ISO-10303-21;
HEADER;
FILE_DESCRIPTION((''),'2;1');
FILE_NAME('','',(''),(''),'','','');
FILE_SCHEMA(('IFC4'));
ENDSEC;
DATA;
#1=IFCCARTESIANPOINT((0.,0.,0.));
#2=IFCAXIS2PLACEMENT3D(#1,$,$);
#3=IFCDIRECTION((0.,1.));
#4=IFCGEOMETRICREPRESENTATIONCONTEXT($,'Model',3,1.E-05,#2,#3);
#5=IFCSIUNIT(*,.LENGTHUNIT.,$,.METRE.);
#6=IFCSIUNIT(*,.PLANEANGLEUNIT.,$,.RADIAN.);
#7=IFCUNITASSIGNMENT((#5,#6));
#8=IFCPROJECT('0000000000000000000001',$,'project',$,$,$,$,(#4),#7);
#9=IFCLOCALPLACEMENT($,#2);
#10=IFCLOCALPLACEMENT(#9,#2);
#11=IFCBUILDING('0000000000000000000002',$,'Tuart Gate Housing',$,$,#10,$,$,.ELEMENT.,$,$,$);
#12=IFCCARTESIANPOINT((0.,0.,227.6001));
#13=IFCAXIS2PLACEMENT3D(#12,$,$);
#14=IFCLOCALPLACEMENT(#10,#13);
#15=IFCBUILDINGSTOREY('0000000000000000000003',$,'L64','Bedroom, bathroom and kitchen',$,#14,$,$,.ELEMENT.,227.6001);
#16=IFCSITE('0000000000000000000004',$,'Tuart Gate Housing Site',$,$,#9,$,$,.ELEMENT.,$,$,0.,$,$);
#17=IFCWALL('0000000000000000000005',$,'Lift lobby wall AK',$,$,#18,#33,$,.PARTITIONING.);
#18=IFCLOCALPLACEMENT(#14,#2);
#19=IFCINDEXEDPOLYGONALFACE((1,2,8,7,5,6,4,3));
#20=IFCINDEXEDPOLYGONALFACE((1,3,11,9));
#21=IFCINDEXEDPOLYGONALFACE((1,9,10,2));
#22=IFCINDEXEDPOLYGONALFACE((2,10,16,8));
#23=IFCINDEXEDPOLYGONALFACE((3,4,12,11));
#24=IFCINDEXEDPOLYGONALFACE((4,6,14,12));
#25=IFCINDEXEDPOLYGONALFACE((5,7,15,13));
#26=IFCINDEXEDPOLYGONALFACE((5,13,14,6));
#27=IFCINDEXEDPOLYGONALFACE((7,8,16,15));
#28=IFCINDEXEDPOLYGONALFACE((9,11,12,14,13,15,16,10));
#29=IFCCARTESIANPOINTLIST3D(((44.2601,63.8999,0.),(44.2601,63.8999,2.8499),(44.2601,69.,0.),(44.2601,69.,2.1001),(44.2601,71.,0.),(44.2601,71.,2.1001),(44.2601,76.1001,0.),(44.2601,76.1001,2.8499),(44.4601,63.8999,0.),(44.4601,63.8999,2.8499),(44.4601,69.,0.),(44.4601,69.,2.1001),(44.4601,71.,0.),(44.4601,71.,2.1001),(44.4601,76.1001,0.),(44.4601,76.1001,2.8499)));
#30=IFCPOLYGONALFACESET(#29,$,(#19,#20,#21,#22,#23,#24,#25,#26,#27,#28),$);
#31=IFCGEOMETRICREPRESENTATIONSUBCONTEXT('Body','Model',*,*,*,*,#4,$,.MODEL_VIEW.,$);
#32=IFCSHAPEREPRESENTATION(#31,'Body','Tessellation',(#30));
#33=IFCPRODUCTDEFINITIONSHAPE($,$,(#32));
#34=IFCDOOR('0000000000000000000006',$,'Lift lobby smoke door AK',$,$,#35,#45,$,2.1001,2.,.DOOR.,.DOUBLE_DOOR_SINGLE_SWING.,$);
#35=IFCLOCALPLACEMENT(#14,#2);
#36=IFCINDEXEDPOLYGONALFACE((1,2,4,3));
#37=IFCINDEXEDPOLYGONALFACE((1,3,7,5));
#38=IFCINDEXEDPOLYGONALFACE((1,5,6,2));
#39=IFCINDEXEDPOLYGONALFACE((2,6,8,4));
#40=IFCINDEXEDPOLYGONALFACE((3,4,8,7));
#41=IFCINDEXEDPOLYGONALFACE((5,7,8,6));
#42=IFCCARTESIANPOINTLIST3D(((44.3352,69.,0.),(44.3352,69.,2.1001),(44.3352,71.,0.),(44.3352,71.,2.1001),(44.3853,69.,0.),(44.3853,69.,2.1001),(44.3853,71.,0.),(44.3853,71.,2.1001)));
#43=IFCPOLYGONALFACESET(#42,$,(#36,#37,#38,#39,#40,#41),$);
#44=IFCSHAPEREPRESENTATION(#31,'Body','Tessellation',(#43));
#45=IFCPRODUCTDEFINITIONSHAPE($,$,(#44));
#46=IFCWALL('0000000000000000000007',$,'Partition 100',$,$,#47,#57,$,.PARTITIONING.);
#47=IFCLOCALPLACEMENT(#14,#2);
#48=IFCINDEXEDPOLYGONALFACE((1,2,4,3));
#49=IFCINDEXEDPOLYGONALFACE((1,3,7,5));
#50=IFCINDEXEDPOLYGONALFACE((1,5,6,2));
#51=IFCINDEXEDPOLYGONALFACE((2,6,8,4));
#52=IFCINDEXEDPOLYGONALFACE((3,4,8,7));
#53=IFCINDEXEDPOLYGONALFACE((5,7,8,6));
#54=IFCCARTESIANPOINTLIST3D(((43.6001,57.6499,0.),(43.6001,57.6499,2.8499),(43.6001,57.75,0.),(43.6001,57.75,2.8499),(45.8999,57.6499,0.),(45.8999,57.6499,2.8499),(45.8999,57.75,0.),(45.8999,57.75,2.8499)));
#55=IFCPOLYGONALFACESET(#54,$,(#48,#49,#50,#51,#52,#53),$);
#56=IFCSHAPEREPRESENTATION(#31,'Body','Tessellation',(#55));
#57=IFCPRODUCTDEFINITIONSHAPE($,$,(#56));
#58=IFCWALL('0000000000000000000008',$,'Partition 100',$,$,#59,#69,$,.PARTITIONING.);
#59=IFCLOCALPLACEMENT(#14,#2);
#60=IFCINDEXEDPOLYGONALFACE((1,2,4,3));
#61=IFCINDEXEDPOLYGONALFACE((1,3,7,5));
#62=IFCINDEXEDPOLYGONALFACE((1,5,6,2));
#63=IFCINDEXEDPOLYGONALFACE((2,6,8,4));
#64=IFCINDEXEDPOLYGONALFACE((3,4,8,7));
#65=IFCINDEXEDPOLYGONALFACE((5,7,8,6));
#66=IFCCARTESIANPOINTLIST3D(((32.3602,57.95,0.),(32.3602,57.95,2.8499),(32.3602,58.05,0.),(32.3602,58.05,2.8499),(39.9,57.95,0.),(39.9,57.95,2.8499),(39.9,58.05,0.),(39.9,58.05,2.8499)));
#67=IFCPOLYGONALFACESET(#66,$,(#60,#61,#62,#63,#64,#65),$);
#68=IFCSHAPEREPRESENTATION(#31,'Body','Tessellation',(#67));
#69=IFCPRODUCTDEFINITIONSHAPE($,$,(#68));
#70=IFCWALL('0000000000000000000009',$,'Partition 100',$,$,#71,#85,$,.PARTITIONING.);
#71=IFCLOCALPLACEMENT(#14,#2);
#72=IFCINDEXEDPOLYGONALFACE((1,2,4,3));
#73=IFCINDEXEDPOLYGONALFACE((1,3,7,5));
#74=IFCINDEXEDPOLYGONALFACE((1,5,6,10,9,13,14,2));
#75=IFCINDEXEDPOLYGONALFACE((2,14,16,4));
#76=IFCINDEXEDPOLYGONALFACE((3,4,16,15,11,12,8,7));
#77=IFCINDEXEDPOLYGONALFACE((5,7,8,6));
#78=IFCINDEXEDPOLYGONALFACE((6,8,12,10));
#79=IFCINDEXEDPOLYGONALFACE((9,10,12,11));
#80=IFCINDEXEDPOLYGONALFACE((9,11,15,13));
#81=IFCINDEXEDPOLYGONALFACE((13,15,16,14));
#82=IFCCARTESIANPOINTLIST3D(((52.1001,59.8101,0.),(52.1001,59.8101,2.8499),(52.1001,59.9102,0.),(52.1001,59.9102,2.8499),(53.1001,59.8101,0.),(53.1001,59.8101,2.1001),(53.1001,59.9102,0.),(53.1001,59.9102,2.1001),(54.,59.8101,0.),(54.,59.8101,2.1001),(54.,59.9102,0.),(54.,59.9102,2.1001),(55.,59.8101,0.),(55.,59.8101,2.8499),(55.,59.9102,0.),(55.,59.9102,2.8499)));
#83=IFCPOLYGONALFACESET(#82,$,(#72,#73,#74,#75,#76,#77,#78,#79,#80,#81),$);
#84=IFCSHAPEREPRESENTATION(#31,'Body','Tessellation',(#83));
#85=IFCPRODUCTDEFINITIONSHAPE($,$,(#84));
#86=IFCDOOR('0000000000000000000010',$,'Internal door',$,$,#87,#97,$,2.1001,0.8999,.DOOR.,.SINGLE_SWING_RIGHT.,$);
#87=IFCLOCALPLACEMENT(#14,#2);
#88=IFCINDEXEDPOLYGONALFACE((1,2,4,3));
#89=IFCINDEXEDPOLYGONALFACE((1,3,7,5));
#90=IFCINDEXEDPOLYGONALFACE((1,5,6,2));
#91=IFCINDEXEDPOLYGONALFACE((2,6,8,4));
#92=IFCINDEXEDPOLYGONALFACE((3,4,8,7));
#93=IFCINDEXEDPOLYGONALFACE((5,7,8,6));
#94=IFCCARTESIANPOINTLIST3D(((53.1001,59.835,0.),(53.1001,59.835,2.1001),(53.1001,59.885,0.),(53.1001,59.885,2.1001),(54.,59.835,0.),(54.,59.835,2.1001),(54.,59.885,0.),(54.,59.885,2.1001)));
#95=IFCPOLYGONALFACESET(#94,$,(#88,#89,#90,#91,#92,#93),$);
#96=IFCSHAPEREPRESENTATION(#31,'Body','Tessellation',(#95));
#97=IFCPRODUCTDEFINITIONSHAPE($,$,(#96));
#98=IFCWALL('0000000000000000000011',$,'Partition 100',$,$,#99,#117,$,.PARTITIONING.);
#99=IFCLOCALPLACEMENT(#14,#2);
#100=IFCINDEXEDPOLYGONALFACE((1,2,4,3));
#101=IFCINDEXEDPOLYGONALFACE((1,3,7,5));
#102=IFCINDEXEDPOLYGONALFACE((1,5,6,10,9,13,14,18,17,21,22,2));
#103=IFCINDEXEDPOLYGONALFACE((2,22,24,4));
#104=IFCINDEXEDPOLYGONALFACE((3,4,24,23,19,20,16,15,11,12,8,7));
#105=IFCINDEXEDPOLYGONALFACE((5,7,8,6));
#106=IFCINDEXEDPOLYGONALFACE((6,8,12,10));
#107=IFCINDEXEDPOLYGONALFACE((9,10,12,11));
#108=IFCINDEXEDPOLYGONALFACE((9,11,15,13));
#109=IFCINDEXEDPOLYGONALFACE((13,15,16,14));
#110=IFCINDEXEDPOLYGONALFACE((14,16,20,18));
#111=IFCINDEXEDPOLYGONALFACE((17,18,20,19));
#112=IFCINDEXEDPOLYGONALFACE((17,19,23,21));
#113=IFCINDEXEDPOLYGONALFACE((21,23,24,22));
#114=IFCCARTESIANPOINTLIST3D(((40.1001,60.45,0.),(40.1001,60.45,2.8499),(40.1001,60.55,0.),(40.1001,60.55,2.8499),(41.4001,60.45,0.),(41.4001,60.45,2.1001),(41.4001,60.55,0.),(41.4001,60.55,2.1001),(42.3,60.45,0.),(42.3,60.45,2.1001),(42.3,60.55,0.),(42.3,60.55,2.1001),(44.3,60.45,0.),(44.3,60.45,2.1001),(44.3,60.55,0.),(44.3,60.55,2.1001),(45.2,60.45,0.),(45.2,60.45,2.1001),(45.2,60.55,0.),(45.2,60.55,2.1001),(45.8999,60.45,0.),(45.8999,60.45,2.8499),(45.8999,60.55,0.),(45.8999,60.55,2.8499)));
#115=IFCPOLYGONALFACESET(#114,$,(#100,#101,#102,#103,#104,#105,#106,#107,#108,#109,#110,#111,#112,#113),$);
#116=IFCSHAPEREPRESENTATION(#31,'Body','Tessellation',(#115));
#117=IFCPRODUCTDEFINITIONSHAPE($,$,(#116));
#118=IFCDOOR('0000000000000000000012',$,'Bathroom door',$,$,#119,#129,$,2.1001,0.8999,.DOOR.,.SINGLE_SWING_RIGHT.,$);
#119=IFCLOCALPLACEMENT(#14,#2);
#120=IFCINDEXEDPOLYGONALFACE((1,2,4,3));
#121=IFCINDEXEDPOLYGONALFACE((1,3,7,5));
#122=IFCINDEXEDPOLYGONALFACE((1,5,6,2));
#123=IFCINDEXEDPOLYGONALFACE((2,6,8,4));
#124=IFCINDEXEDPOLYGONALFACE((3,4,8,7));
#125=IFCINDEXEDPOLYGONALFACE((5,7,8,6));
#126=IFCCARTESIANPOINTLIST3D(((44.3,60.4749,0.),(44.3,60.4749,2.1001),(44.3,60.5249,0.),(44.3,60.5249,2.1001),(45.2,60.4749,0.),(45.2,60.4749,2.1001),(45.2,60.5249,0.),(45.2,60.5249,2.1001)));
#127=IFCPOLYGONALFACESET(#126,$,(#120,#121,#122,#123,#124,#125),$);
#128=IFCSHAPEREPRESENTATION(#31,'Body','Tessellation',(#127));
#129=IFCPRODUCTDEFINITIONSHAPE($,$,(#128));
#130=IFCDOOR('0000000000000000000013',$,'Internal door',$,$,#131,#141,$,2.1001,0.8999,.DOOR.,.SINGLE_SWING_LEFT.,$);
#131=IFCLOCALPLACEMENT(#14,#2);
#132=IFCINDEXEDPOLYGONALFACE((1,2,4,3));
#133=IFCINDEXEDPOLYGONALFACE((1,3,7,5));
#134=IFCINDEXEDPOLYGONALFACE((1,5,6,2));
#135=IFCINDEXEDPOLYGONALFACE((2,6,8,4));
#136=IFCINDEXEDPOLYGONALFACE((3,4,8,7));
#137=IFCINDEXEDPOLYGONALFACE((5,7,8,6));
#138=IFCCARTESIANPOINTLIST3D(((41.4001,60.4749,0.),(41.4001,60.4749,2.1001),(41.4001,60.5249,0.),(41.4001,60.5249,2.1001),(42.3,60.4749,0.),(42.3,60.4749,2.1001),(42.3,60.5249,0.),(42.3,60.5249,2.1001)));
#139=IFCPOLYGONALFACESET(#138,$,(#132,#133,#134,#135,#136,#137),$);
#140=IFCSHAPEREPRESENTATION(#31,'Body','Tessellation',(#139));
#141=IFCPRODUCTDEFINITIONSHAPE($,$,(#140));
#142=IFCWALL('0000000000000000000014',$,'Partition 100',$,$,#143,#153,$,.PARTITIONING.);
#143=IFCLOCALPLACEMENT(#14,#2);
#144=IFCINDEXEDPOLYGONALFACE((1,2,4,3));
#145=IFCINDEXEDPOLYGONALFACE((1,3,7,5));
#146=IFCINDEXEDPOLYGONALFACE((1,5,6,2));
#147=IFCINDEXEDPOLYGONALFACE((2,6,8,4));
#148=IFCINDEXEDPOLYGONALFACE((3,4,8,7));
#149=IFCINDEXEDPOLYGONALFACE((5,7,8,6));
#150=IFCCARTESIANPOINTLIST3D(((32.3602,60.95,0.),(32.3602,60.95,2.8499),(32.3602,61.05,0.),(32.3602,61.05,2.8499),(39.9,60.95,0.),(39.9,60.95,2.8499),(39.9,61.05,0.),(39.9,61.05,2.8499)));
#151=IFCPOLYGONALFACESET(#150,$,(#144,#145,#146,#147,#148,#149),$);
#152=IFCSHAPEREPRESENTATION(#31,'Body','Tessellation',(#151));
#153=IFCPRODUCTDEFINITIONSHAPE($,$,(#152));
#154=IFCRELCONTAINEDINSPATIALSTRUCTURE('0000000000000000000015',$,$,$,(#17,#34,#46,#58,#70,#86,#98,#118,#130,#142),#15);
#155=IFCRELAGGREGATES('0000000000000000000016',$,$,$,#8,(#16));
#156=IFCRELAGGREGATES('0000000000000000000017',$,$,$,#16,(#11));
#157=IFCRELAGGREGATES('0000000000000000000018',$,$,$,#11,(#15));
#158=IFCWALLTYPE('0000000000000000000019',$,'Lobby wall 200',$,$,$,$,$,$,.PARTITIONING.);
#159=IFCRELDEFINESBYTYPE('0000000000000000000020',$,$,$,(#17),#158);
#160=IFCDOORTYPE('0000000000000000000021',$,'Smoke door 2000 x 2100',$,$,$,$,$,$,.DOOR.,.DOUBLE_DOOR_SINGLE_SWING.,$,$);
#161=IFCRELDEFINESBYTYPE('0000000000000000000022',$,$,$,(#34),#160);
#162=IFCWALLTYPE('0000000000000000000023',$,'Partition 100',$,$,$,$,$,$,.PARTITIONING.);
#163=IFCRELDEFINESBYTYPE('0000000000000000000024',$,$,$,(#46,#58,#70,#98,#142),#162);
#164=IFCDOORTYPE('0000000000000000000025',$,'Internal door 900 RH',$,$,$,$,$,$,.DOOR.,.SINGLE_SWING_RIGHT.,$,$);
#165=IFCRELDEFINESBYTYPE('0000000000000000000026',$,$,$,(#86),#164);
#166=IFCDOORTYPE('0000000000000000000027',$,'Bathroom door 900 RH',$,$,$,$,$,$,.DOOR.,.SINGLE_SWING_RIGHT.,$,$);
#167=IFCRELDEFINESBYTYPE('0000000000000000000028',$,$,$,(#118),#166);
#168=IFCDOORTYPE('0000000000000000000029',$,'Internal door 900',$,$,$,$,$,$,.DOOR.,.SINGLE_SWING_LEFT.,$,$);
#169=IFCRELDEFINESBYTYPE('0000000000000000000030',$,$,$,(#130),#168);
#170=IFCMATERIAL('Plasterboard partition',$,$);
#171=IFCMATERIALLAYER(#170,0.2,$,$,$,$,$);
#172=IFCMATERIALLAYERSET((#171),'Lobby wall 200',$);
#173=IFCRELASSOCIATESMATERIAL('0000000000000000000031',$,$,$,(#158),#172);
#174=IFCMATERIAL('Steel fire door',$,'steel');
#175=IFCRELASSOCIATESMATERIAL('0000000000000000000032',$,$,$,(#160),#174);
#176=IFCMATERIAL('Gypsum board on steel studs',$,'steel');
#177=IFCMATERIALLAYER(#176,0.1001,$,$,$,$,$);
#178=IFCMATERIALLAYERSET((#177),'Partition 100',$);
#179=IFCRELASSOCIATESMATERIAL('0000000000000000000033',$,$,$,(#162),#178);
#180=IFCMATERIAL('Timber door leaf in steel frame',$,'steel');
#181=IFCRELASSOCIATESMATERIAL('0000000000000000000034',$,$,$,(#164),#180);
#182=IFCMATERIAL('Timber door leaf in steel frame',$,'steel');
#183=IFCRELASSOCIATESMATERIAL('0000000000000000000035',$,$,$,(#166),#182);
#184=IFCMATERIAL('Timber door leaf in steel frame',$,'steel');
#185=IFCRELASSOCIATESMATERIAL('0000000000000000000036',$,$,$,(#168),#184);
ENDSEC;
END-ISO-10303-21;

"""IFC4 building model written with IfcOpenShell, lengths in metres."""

from ifc_helpers import new_model, si_unit, direction, frame, frame_2d, origin, place, context, subcontext, project, spatial, rectangle, extrude, material, layer, layer_set, type_object, element, fill, save


model = new_model("IFC4")

# Units and contexts
model_context = context("Model", 3, precision=1e-05, world=origin(), true_north=direction((0.0, 1.0)))
body_context = subcontext(model_context, "Body", "Model", "MODEL_VIEW")
ifc_project = project(units=[si_unit("LENGTHUNIT", "METRE"), si_unit("PLANEANGLEUNIT", "RADIAN")], contexts=[model_context])

# Site, building, storey
site_placement = place(None, origin())
site = spatial("IfcSite", under=ifc_project, at=site_placement, Name="Tuart Gate Housing Site", CompositionType="ELEMENT", RefElevation=0.0)
building_placement = place(site_placement, origin())
building = spatial("IfcBuilding", under=site, at=building_placement, Name="Tuart Gate Housing", CompositionType="ELEMENT")
storey_placement = place(building_placement, frame((0.0, 0.0, 227.6001)))
storey = spatial("IfcBuildingStorey", under=building, at=storey_placement, Name="L64", Description="Bedroom, bathroom and kitchen", CompositionType="ELEMENT", Elevation=227.6001)

# Wall, opening, door
ifc_material_1 = material(Name="Plasterboard partition")
ifc_layer_1 = layer(ifc_material_1, 0.2)
ifc_layer_set_1 = layer_set([ifc_layer_1], Name="Lobby wall 200")
wall_type_1 = type_object("IfcWallType", Name="Lobby wall 200", PredefinedType="PARTITIONING", material=ifc_layer_set_1)
ifc_material_2 = material(Name="Steel fire door", Category="steel")
door_type_1 = type_object("IfcDoorType", Name="Smoke door 2000 x 2100", OperationType="DOUBLE_DOOR_SINGLE_SWING", PredefinedType="DOOR", material=ifc_material_2)
wall_1_placement = place(storey_placement, frame((44.3601, 63.8999, 0.0), z_axis=(0.0, 0.0, 1.0), x_axis=(0.0, 1.0, 0.0)))
wall_1 = element("IfcWall", 1, at=wall_1_placement, inside=storey, type_object=wall_type_1, Name="Lift lobby wall AK", PredefinedType="PARTITIONING", context=body_context, shape_type="SweptSolid", body=[
    extrude(rectangle(XDim=12.2002, YDim=0.2, at=frame_2d((6.1001, 0.0))), origin(), (0.0, 0.0, 1.0), 2.8499),
])
opening_1_placement = place(wall_1_placement, frame((5.1001, 0.0, 0.0)))
opening_1 = element("IfcOpeningElement", 2, at=opening_1_placement, cuts=wall_1, PredefinedType="OPENING", context=body_context, shape_type="SweptSolid", body=[
    extrude(rectangle(XDim=2.0, YDim=2.1001, at=frame_2d((1.0, 1.05))), frame((0.0, 0.1099, 0.0), z_axis=(0.0, -1.0, 0.0), x_axis=(1.0, 0.0, 0.0)), (0.0, 0.0, 1.0), 0.22),
])
door_1_placement = place(opening_1_placement, origin())
door_1 = element("IfcDoor", 3, at=door_1_placement, inside=storey, type_object=door_type_1, Name="Lift lobby smoke door AK", OperationType="DOUBLE_DOOR_SINGLE_SWING", OverallHeight=2.1001, OverallWidth=2.0, PredefinedType="DOOR", context=body_context, shape_type="SweptSolid", body=[
    extrude(rectangle(XDim=2.0, YDim=2.1001, at=frame_2d((1.0, 1.05))), frame((0.0, 0.0249, 0.0), z_axis=(0.0, -1.0, 0.0), x_axis=(1.0, 0.0, 0.0)), (0.0, 0.0, 1.0), 0.05),
])
fill(opening_1, door_1)

# Walls
ifc_material_3 = material(Name="Gypsum board on steel studs", Category="steel")
ifc_layer_2 = layer(ifc_material_3, 0.1001)
ifc_layer_set_2 = layer_set([ifc_layer_2], Name="Partition 100")
wall_type_2 = type_object("IfcWallType", Name="Partition 100", PredefinedType="PARTITIONING", material=ifc_layer_set_2)
wall_2_placement = place(storey_placement, frame((43.6001, 57.7, 0.0), z_axis=(0.0, 0.0, 1.0), x_axis=(1.0, 0.0, 0.0)))
element("IfcWall", 4, at=wall_2_placement, inside=storey, type_object=wall_type_2, Name="Partition 100", PredefinedType="PARTITIONING", context=body_context, shape_type="SweptSolid", body=[
    extrude(rectangle(XDim=2.2998, YDim=0.1001, at=frame_2d((1.1499, 0.0))), origin(), (0.0, 0.0, 1.0), 2.8499),
])
wall_3_placement = place(storey_placement, frame((32.3601, 58.0, 0.0), z_axis=(0.0, 0.0, 1.0), x_axis=(1.0, 0.0, 0.0)))
element("IfcWall", 5, at=wall_3_placement, inside=storey, type_object=wall_type_2, Name="Partition 100", PredefinedType="PARTITIONING", context=body_context, shape_type="SweptSolid", body=[
    extrude(rectangle(XDim=7.5398, YDim=0.1001, at=frame_2d((3.77, 0.0))), origin(), (0.0, 0.0, 1.0), 2.8499),
])

# Wall, opening, door
wall_4_placement = place(storey_placement, frame((52.1001, 59.8601, 0.0), z_axis=(0.0, 0.0, 1.0), x_axis=(1.0, 0.0, 0.0)))
wall_4 = element("IfcWall", 6, at=wall_4_placement, inside=storey, type_object=wall_type_2, Name="Partition 100", PredefinedType="PARTITIONING", context=body_context, shape_type="SweptSolid", body=[
    extrude(rectangle(XDim=2.8999, YDim=0.1001, at=frame_2d((1.45, 0.0))), origin(), (0.0, 0.0, 1.0), 2.8499),
])
opening_2_placement = place(wall_4_placement, frame((1.0, 0.0, 0.0)))
opening_2 = element("IfcOpeningElement", 7, at=opening_2_placement, cuts=wall_4, PredefinedType="OPENING", context=body_context, shape_type="SweptSolid", body=[
    extrude(rectangle(XDim=0.8999, YDim=2.1001, at=frame_2d((0.45, 1.05))), frame((0.0, 0.0601, 0.0), z_axis=(0.0, -1.0, 0.0), x_axis=(1.0, 0.0, 0.0)), (0.0, 0.0, 1.0), 0.1201),
])
ifc_material_4 = material(Name="Timber door leaf in steel frame", Category="steel")
door_type_2 = type_object("IfcDoorType", Name="Internal door 900 RH", OperationType="SINGLE_SWING_RIGHT", PredefinedType="DOOR", material=ifc_material_4)
door_2_placement = place(opening_2_placement, origin())
door_2 = element("IfcDoor", 8, at=door_2_placement, inside=storey, type_object=door_type_2, Name="Internal door", OperationType="SINGLE_SWING_RIGHT", OverallHeight=2.1001, OverallWidth=0.8999, PredefinedType="DOOR", context=body_context, shape_type="SweptSolid", body=[
    extrude(rectangle(XDim=0.8999, YDim=2.1001, at=frame_2d((0.45, 1.05))), frame((0.0, 0.0249, 0.0), z_axis=(0.0, -1.0, 0.0), x_axis=(1.0, 0.0, 0.0)), (0.0, 0.0, 1.0), 0.05),
])
fill(opening_2, door_2)

# Wall, openings, doors
wall_5_placement = place(storey_placement, frame((40.1001, 60.5, 0.0), z_axis=(0.0, 0.0, 1.0), x_axis=(1.0, 0.0, 0.0)))
wall_5 = element("IfcWall", 9, at=wall_5_placement, inside=storey, type_object=wall_type_2, Name="Partition 100", PredefinedType="PARTITIONING", context=body_context, shape_type="SweptSolid", body=[
    extrude(rectangle(XDim=5.7998, YDim=0.1001, at=frame_2d((2.8999, 0.0))), origin(), (0.0, 0.0, 1.0), 2.8499),
])
opening_3_placement = place(wall_5_placement, frame((1.3, 0.0, 0.0)))
opening_3 = element("IfcOpeningElement", 10, at=opening_3_placement, cuts=wall_5, PredefinedType="OPENING", context=body_context, shape_type="SweptSolid", body=[
    extrude(rectangle(XDim=0.8999, YDim=2.1001, at=frame_2d((0.45, 1.05))), frame((0.0, 0.0601, 0.0), z_axis=(0.0, -1.0, 0.0), x_axis=(1.0, 0.0, 0.0)), (0.0, 0.0, 1.0), 0.1201),
])
opening_4_placement = place(wall_5_placement, frame((4.2, 0.0, 0.0)))
opening_4 = element("IfcOpeningElement", 11, at=opening_4_placement, cuts=wall_5, PredefinedType="OPENING", context=body_context, shape_type="SweptSolid", body=[
    extrude(rectangle(XDim=0.8999, YDim=2.1001, at=frame_2d((0.45, 1.05))), frame((0.0, 0.0601, 0.0), z_axis=(0.0, -1.0, 0.0), x_axis=(1.0, 0.0, 0.0)), (0.0, 0.0, 1.0), 0.1201),
])
ifc_material_5 = material(Name="Timber door leaf in steel frame", Category="steel")
door_type_3 = type_object("IfcDoorType", Name="Bathroom door 900 RH", OperationType="SINGLE_SWING_RIGHT", PredefinedType="DOOR", material=ifc_material_5)
door_3_placement = place(opening_4_placement, frame((0.8999, 0.0, 0.0), z_axis=(0.0, 0.0, 1.0), x_axis=(-1.0, 0.0, 0.0)))
door_3 = element("IfcDoor", 12, at=door_3_placement, inside=storey, type_object=door_type_3, Name="Bathroom door", OperationType="SINGLE_SWING_RIGHT", OverallHeight=2.1001, OverallWidth=0.8999, PredefinedType="DOOR", context=body_context, shape_type="SweptSolid", body=[
    extrude(rectangle(XDim=0.8999, YDim=2.1001, at=frame_2d((0.45, 1.05))), frame((0.0, 0.0251, 0.0), z_axis=(0.0, -1.0, 0.0), x_axis=(1.0, 0.0, 0.0)), (0.0, 0.0, 1.0), 0.05),
])
fill(opening_4, door_3)
ifc_material_6 = material(Name="Timber door leaf in steel frame", Category="steel")
door_type_4 = type_object("IfcDoorType", Name="Internal door 900", OperationType="SINGLE_SWING_LEFT", PredefinedType="DOOR", material=ifc_material_6)
door_4_placement = place(opening_3_placement, origin())
door_4 = element("IfcDoor", 13, at=door_4_placement, inside=storey, type_object=door_type_4, Name="Internal door", OperationType="SINGLE_SWING_LEFT", OverallHeight=2.1001, OverallWidth=0.8999, PredefinedType="DOOR", context=body_context, shape_type="SweptSolid", body=[
    extrude(rectangle(XDim=0.8999, YDim=2.1001, at=frame_2d((0.45, 1.05))), frame((0.0, 0.0249, 0.0), z_axis=(0.0, -1.0, 0.0), x_axis=(1.0, 0.0, 0.0)), (0.0, 0.0, 1.0), 0.05),
])
fill(opening_3, door_4)

# Wall
wall_6_placement = place(storey_placement, frame((32.3601, 61.0, 0.0), z_axis=(0.0, 0.0, 1.0), x_axis=(1.0, 0.0, 0.0)))
element("IfcWall", 14, at=wall_6_placement, inside=storey, type_object=wall_type_2, Name="Partition 100", PredefinedType="PARTITIONING", context=body_context, shape_type="SweptSolid", body=[
    extrude(rectangle(XDim=7.5398, YDim=0.1001, at=frame_2d((3.77, 0.0))), origin(), (0.0, 0.0, 1.0), 2.8499),
])

save(model, "model.ifc")
